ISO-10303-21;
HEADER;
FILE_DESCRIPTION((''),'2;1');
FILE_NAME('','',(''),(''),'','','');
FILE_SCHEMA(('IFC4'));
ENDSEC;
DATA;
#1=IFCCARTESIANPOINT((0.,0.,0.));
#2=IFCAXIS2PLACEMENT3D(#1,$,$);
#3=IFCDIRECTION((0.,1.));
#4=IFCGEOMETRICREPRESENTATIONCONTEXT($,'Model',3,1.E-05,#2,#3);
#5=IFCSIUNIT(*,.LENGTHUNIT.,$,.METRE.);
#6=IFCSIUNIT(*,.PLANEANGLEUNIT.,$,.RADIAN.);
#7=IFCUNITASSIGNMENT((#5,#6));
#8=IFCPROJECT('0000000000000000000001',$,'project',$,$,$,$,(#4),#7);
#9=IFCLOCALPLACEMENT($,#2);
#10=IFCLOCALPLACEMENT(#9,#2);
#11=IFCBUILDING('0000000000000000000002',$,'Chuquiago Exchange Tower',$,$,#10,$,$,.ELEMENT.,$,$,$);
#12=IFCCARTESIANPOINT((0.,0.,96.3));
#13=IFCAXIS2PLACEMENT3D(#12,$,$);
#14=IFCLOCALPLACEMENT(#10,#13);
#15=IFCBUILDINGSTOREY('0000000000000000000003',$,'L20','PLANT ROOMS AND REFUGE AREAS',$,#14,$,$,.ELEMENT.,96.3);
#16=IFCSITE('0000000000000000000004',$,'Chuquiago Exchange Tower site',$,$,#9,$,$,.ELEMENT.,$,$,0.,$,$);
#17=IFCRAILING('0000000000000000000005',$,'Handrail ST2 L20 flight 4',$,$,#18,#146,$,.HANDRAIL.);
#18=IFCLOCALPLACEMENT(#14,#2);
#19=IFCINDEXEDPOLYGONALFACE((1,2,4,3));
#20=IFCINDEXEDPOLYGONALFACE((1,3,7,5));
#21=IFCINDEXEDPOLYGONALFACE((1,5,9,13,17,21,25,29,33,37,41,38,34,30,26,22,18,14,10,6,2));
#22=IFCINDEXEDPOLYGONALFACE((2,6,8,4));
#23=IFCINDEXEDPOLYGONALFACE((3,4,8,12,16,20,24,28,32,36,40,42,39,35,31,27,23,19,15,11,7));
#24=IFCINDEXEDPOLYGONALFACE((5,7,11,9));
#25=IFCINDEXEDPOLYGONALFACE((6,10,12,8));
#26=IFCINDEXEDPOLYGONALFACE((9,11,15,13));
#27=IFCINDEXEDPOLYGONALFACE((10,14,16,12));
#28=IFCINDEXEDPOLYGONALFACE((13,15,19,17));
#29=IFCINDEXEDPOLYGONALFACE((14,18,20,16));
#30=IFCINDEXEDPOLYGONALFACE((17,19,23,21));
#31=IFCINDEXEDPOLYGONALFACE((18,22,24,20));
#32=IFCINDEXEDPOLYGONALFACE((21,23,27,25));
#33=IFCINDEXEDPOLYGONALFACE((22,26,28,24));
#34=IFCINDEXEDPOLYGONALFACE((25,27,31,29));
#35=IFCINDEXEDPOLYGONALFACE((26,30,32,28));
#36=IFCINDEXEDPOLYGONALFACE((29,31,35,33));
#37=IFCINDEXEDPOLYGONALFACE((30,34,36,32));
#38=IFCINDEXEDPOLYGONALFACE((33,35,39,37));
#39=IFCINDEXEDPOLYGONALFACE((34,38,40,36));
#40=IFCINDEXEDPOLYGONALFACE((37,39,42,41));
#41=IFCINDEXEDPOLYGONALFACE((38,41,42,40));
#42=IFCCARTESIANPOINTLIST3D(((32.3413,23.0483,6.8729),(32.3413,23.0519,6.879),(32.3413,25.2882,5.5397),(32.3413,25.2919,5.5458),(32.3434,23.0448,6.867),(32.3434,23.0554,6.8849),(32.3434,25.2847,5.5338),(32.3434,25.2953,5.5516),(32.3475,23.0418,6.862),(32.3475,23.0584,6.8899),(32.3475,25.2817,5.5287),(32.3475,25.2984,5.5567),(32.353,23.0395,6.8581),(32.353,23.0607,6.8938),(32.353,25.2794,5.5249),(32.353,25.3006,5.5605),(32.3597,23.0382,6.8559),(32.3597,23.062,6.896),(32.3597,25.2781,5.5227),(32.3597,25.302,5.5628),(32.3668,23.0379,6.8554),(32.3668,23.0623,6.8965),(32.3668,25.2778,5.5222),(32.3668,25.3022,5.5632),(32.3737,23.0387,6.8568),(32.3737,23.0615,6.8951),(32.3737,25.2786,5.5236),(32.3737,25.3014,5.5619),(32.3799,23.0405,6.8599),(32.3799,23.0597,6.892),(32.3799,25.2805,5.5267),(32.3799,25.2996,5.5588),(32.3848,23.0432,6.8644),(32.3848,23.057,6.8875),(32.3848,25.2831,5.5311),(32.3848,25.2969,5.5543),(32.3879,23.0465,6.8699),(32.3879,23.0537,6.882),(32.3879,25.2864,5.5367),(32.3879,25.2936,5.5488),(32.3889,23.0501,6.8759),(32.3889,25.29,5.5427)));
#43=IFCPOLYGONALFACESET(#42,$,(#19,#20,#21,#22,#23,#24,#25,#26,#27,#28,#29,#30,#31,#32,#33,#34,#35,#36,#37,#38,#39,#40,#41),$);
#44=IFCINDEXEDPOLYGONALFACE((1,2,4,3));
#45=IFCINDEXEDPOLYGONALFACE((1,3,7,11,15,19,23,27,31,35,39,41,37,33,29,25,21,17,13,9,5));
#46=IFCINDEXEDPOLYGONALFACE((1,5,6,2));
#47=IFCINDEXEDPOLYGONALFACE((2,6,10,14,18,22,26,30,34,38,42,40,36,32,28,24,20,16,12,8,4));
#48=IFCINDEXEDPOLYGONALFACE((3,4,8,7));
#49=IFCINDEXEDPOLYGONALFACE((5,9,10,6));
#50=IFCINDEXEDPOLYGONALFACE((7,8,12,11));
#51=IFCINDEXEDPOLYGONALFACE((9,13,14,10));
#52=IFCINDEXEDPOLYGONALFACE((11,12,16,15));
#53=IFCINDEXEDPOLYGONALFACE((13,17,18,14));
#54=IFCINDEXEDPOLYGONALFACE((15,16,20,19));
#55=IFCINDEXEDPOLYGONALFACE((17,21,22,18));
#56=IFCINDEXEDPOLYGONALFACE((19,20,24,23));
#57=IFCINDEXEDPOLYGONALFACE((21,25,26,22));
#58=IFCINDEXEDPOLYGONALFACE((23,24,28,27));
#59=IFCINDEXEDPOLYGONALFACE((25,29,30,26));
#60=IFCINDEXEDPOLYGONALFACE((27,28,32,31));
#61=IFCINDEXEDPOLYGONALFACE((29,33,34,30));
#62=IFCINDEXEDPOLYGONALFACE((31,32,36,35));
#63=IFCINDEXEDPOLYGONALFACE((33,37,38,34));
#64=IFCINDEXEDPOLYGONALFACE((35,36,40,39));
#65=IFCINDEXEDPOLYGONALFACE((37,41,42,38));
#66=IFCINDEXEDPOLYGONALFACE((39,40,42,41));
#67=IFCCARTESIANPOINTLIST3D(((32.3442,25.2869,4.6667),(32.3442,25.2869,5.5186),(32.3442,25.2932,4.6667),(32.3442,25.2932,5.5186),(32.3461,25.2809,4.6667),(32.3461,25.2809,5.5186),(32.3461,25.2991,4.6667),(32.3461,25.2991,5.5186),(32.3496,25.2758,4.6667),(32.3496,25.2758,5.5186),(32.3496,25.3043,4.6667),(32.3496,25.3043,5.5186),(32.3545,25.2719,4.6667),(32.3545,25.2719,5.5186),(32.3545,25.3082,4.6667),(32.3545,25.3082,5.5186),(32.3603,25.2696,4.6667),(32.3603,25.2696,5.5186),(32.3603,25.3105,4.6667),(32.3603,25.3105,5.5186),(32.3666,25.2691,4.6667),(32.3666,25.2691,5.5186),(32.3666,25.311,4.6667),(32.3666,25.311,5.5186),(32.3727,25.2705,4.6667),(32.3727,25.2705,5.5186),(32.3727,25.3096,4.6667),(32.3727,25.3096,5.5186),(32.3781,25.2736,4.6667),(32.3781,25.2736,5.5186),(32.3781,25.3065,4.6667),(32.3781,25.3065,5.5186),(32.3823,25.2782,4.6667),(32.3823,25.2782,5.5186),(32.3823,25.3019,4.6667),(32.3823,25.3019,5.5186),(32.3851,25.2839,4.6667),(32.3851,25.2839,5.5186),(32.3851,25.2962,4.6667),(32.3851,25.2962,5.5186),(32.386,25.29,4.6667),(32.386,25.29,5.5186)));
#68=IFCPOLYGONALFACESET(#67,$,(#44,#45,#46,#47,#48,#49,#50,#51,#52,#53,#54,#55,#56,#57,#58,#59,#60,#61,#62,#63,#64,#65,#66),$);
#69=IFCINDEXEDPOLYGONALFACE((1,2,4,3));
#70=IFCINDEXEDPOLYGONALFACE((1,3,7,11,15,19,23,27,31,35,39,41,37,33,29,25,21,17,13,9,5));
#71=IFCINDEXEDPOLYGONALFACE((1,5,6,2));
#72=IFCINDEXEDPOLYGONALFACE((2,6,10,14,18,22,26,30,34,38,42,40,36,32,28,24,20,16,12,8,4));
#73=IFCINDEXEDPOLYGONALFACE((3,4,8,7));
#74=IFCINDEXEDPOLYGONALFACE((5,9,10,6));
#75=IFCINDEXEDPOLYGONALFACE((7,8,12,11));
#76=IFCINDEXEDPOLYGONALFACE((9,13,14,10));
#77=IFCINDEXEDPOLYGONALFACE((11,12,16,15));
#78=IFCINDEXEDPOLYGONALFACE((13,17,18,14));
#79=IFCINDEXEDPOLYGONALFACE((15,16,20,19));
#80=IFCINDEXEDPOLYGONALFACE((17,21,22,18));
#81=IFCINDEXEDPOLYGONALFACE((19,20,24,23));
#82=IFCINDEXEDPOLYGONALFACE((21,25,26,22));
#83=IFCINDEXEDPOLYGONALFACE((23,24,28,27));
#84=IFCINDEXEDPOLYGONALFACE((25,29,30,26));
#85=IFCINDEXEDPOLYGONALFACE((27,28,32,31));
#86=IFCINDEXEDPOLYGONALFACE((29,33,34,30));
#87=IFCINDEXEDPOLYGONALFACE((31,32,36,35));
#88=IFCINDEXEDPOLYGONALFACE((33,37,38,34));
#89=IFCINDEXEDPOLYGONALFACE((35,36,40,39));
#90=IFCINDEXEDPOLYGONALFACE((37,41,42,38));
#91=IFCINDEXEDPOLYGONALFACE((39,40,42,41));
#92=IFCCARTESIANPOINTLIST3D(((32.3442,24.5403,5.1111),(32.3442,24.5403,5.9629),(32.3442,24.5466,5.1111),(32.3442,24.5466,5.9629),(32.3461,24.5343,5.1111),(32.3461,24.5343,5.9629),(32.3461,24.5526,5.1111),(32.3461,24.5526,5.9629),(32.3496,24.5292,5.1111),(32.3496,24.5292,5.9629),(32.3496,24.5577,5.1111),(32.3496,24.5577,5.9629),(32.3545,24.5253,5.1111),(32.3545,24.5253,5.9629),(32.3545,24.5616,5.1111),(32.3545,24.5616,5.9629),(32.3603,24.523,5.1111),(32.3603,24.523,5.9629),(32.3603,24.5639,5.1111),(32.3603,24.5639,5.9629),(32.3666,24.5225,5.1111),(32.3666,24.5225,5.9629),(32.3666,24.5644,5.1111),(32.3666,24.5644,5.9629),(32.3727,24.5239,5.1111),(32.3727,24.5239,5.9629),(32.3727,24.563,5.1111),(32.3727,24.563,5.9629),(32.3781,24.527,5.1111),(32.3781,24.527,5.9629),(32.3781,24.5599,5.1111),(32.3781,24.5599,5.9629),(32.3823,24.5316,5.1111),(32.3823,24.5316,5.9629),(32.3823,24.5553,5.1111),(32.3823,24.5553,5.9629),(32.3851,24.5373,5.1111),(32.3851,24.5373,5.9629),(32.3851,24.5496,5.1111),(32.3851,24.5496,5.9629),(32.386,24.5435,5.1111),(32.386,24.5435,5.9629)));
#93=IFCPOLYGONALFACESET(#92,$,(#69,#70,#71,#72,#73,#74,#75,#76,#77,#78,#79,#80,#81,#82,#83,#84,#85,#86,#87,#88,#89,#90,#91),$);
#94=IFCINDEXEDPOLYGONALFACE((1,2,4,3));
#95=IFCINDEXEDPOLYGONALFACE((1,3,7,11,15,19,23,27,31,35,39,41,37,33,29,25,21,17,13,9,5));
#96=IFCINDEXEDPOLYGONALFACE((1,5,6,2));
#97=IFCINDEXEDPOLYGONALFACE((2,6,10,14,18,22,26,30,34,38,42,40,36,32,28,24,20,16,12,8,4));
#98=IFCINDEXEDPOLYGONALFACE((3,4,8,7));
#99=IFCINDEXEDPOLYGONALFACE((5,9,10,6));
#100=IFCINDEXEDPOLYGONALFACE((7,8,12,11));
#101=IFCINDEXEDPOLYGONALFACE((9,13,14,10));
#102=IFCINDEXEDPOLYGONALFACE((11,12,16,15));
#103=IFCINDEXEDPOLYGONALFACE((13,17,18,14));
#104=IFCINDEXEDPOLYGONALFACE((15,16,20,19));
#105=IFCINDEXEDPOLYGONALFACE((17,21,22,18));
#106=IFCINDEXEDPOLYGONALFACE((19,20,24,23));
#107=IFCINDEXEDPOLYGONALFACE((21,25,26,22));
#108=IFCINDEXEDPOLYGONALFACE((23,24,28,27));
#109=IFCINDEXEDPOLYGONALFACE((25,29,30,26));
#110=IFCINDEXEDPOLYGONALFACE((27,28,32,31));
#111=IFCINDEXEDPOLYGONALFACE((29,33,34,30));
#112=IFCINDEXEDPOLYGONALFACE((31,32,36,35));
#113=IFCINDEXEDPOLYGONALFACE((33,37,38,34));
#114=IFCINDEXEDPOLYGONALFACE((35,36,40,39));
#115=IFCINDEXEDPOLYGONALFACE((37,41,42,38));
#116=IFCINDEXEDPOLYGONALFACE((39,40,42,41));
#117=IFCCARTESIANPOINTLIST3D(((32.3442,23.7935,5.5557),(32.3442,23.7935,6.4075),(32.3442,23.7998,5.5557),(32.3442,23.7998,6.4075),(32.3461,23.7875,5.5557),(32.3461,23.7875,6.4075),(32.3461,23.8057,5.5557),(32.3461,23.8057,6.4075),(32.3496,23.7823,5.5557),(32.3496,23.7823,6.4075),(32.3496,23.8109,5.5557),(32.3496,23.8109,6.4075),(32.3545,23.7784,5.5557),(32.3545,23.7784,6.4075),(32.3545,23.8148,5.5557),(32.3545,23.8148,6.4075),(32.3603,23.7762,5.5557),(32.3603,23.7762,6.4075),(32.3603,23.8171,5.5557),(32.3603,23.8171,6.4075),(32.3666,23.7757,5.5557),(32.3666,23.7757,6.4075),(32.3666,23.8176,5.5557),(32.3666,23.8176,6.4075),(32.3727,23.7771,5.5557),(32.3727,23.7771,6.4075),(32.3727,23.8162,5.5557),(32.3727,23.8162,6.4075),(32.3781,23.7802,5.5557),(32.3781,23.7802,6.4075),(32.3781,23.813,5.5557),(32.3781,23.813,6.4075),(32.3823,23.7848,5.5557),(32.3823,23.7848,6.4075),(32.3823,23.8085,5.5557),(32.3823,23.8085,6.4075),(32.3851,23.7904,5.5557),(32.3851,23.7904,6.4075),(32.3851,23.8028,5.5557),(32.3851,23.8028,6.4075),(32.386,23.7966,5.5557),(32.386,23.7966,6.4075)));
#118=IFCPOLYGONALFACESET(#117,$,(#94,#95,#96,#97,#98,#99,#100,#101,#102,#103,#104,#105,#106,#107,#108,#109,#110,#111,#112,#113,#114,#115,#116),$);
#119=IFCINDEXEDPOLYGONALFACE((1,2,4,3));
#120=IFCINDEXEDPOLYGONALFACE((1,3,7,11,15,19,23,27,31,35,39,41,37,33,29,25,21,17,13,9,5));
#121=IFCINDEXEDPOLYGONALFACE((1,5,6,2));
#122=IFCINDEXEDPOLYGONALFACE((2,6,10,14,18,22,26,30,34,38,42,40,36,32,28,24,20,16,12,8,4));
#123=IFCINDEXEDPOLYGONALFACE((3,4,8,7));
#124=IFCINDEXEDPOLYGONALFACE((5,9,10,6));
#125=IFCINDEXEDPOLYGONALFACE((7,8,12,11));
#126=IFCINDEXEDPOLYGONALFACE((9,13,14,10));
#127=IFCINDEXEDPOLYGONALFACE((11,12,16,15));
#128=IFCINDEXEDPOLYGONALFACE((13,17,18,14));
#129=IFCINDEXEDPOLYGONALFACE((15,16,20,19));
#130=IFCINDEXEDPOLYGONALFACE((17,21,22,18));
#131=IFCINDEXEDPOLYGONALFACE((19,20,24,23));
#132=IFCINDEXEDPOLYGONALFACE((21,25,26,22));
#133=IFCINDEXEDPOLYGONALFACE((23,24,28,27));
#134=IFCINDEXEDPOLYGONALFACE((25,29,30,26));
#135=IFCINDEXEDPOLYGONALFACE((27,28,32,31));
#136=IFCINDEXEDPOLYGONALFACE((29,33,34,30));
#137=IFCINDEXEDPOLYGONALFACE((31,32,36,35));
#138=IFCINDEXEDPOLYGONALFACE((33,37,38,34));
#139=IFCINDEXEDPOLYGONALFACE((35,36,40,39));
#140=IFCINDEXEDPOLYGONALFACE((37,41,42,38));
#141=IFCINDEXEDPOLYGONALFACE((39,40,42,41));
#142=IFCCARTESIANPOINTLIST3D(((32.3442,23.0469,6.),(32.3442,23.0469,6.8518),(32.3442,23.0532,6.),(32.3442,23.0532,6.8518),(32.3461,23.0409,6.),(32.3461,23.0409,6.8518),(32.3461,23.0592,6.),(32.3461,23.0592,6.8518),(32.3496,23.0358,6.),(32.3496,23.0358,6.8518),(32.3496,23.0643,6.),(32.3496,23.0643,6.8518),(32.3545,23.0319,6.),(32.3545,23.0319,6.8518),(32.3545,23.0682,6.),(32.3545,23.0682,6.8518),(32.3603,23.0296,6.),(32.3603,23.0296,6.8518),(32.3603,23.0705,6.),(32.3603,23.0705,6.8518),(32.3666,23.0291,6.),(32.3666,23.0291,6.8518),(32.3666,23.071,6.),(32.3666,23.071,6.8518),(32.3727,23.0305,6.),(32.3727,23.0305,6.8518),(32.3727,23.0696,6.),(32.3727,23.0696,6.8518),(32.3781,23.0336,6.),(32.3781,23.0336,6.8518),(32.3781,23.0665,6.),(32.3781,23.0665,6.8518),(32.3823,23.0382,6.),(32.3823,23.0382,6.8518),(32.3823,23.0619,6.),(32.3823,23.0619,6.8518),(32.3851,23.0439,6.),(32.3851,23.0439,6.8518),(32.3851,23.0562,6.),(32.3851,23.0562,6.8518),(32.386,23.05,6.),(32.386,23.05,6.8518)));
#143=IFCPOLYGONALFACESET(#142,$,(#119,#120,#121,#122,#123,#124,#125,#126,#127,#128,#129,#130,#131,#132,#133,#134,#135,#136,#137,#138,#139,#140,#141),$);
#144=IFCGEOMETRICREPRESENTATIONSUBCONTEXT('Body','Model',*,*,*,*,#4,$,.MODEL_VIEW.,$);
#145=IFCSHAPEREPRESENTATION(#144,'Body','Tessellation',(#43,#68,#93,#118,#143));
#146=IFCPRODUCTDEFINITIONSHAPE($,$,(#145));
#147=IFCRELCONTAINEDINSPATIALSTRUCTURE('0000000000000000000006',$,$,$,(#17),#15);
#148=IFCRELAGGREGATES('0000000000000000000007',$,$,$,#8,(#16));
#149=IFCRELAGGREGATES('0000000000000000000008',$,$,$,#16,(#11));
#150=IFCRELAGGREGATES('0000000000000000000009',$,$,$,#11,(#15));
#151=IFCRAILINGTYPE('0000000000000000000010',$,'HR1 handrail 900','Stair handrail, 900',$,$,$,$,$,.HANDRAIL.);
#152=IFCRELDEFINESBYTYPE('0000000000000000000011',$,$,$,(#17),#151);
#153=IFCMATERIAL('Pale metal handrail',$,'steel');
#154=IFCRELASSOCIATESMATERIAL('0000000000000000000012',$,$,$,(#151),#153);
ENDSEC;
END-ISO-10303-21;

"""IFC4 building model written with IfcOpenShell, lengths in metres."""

from ifc_helpers import new_model, si_unit, direction, frame, origin, origin_2d, place, context, subcontext, project, spatial, circle, extrude, material, type_object, element, save


model = new_model("IFC4")

# Units and contexts
model_context = context("Model", 3, precision=1e-05, world=origin(), true_north=direction((0.0, 1.0)))
body_context = subcontext(model_context, "Body", "Model", "MODEL_VIEW")
ifc_project = project(units=[si_unit("LENGTHUNIT", "METRE"), si_unit("PLANEANGLEUNIT", "RADIAN")], contexts=[model_context])

# Site, building, storey
site_placement = place(None, origin())
site = spatial("IfcSite", under=ifc_project, at=site_placement, Name="Chuquiago Exchange Tower site", CompositionType="ELEMENT", RefElevation=0.0)
building_placement = place(site_placement, origin())
building = spatial("IfcBuilding", under=site, at=building_placement, Name="Chuquiago Exchange Tower", CompositionType="ELEMENT")
storey_placement = place(building_placement, frame((0.0, 0.0, 96.3)))
storey = spatial("IfcBuildingStorey", under=building, at=storey_placement, Name="L20", Description="PLANT ROOMS AND REFUGE AREAS", CompositionType="ELEMENT", Elevation=96.3)

# Railing
ifc_material_1 = material(Name="Pale metal handrail", Category="steel")
railing_type_1 = type_object("IfcRailingType", Name="HR1 handrail 900", Description="Stair handrail, 900", PredefinedType="HANDRAIL", material=ifc_material_1)
for number, where, name in (
    (1, (32.365, 25.29, 4.6667), "Handrail ST2 L20 flight 4"),
):
    element("IfcRailing", number, at=place(storey_placement, frame(where)), inside=storey, type_object=railing_type_1, Name=name, PredefinedType="HANDRAIL", context=body_context, shape_type="SweptSolid", body=[
        extrude(circle(Radius=0.0239, at=origin_2d()), frame((0.0, 0.0, 0.876), z_axis=(0.0, -0.859306, 0.511462), x_axis=(1.0, 0.0, 0.0)), (0.0, 0.0, 1.0), 2.6067),
        extrude(circle(Radius=0.021, at=origin_2d()), origin(), (0.0, 0.0, 1.0), 0.8518),
        extrude(circle(Radius=0.021, at=origin_2d()), frame((0.0, -0.7466, 0.4443)), (0.0, 0.0, 1.0), 0.8518),
        extrude(circle(Radius=0.021, at=origin_2d()), frame((0.0, -1.4934, 0.8889)), (0.0, 0.0, 1.0), 0.8518),
        extrude(circle(Radius=0.021, at=origin_2d()), frame((0.0, -2.24, 1.3333)), (0.0, 0.0, 1.0), 0.8518),
    ])

save(model, "model.ifc")
